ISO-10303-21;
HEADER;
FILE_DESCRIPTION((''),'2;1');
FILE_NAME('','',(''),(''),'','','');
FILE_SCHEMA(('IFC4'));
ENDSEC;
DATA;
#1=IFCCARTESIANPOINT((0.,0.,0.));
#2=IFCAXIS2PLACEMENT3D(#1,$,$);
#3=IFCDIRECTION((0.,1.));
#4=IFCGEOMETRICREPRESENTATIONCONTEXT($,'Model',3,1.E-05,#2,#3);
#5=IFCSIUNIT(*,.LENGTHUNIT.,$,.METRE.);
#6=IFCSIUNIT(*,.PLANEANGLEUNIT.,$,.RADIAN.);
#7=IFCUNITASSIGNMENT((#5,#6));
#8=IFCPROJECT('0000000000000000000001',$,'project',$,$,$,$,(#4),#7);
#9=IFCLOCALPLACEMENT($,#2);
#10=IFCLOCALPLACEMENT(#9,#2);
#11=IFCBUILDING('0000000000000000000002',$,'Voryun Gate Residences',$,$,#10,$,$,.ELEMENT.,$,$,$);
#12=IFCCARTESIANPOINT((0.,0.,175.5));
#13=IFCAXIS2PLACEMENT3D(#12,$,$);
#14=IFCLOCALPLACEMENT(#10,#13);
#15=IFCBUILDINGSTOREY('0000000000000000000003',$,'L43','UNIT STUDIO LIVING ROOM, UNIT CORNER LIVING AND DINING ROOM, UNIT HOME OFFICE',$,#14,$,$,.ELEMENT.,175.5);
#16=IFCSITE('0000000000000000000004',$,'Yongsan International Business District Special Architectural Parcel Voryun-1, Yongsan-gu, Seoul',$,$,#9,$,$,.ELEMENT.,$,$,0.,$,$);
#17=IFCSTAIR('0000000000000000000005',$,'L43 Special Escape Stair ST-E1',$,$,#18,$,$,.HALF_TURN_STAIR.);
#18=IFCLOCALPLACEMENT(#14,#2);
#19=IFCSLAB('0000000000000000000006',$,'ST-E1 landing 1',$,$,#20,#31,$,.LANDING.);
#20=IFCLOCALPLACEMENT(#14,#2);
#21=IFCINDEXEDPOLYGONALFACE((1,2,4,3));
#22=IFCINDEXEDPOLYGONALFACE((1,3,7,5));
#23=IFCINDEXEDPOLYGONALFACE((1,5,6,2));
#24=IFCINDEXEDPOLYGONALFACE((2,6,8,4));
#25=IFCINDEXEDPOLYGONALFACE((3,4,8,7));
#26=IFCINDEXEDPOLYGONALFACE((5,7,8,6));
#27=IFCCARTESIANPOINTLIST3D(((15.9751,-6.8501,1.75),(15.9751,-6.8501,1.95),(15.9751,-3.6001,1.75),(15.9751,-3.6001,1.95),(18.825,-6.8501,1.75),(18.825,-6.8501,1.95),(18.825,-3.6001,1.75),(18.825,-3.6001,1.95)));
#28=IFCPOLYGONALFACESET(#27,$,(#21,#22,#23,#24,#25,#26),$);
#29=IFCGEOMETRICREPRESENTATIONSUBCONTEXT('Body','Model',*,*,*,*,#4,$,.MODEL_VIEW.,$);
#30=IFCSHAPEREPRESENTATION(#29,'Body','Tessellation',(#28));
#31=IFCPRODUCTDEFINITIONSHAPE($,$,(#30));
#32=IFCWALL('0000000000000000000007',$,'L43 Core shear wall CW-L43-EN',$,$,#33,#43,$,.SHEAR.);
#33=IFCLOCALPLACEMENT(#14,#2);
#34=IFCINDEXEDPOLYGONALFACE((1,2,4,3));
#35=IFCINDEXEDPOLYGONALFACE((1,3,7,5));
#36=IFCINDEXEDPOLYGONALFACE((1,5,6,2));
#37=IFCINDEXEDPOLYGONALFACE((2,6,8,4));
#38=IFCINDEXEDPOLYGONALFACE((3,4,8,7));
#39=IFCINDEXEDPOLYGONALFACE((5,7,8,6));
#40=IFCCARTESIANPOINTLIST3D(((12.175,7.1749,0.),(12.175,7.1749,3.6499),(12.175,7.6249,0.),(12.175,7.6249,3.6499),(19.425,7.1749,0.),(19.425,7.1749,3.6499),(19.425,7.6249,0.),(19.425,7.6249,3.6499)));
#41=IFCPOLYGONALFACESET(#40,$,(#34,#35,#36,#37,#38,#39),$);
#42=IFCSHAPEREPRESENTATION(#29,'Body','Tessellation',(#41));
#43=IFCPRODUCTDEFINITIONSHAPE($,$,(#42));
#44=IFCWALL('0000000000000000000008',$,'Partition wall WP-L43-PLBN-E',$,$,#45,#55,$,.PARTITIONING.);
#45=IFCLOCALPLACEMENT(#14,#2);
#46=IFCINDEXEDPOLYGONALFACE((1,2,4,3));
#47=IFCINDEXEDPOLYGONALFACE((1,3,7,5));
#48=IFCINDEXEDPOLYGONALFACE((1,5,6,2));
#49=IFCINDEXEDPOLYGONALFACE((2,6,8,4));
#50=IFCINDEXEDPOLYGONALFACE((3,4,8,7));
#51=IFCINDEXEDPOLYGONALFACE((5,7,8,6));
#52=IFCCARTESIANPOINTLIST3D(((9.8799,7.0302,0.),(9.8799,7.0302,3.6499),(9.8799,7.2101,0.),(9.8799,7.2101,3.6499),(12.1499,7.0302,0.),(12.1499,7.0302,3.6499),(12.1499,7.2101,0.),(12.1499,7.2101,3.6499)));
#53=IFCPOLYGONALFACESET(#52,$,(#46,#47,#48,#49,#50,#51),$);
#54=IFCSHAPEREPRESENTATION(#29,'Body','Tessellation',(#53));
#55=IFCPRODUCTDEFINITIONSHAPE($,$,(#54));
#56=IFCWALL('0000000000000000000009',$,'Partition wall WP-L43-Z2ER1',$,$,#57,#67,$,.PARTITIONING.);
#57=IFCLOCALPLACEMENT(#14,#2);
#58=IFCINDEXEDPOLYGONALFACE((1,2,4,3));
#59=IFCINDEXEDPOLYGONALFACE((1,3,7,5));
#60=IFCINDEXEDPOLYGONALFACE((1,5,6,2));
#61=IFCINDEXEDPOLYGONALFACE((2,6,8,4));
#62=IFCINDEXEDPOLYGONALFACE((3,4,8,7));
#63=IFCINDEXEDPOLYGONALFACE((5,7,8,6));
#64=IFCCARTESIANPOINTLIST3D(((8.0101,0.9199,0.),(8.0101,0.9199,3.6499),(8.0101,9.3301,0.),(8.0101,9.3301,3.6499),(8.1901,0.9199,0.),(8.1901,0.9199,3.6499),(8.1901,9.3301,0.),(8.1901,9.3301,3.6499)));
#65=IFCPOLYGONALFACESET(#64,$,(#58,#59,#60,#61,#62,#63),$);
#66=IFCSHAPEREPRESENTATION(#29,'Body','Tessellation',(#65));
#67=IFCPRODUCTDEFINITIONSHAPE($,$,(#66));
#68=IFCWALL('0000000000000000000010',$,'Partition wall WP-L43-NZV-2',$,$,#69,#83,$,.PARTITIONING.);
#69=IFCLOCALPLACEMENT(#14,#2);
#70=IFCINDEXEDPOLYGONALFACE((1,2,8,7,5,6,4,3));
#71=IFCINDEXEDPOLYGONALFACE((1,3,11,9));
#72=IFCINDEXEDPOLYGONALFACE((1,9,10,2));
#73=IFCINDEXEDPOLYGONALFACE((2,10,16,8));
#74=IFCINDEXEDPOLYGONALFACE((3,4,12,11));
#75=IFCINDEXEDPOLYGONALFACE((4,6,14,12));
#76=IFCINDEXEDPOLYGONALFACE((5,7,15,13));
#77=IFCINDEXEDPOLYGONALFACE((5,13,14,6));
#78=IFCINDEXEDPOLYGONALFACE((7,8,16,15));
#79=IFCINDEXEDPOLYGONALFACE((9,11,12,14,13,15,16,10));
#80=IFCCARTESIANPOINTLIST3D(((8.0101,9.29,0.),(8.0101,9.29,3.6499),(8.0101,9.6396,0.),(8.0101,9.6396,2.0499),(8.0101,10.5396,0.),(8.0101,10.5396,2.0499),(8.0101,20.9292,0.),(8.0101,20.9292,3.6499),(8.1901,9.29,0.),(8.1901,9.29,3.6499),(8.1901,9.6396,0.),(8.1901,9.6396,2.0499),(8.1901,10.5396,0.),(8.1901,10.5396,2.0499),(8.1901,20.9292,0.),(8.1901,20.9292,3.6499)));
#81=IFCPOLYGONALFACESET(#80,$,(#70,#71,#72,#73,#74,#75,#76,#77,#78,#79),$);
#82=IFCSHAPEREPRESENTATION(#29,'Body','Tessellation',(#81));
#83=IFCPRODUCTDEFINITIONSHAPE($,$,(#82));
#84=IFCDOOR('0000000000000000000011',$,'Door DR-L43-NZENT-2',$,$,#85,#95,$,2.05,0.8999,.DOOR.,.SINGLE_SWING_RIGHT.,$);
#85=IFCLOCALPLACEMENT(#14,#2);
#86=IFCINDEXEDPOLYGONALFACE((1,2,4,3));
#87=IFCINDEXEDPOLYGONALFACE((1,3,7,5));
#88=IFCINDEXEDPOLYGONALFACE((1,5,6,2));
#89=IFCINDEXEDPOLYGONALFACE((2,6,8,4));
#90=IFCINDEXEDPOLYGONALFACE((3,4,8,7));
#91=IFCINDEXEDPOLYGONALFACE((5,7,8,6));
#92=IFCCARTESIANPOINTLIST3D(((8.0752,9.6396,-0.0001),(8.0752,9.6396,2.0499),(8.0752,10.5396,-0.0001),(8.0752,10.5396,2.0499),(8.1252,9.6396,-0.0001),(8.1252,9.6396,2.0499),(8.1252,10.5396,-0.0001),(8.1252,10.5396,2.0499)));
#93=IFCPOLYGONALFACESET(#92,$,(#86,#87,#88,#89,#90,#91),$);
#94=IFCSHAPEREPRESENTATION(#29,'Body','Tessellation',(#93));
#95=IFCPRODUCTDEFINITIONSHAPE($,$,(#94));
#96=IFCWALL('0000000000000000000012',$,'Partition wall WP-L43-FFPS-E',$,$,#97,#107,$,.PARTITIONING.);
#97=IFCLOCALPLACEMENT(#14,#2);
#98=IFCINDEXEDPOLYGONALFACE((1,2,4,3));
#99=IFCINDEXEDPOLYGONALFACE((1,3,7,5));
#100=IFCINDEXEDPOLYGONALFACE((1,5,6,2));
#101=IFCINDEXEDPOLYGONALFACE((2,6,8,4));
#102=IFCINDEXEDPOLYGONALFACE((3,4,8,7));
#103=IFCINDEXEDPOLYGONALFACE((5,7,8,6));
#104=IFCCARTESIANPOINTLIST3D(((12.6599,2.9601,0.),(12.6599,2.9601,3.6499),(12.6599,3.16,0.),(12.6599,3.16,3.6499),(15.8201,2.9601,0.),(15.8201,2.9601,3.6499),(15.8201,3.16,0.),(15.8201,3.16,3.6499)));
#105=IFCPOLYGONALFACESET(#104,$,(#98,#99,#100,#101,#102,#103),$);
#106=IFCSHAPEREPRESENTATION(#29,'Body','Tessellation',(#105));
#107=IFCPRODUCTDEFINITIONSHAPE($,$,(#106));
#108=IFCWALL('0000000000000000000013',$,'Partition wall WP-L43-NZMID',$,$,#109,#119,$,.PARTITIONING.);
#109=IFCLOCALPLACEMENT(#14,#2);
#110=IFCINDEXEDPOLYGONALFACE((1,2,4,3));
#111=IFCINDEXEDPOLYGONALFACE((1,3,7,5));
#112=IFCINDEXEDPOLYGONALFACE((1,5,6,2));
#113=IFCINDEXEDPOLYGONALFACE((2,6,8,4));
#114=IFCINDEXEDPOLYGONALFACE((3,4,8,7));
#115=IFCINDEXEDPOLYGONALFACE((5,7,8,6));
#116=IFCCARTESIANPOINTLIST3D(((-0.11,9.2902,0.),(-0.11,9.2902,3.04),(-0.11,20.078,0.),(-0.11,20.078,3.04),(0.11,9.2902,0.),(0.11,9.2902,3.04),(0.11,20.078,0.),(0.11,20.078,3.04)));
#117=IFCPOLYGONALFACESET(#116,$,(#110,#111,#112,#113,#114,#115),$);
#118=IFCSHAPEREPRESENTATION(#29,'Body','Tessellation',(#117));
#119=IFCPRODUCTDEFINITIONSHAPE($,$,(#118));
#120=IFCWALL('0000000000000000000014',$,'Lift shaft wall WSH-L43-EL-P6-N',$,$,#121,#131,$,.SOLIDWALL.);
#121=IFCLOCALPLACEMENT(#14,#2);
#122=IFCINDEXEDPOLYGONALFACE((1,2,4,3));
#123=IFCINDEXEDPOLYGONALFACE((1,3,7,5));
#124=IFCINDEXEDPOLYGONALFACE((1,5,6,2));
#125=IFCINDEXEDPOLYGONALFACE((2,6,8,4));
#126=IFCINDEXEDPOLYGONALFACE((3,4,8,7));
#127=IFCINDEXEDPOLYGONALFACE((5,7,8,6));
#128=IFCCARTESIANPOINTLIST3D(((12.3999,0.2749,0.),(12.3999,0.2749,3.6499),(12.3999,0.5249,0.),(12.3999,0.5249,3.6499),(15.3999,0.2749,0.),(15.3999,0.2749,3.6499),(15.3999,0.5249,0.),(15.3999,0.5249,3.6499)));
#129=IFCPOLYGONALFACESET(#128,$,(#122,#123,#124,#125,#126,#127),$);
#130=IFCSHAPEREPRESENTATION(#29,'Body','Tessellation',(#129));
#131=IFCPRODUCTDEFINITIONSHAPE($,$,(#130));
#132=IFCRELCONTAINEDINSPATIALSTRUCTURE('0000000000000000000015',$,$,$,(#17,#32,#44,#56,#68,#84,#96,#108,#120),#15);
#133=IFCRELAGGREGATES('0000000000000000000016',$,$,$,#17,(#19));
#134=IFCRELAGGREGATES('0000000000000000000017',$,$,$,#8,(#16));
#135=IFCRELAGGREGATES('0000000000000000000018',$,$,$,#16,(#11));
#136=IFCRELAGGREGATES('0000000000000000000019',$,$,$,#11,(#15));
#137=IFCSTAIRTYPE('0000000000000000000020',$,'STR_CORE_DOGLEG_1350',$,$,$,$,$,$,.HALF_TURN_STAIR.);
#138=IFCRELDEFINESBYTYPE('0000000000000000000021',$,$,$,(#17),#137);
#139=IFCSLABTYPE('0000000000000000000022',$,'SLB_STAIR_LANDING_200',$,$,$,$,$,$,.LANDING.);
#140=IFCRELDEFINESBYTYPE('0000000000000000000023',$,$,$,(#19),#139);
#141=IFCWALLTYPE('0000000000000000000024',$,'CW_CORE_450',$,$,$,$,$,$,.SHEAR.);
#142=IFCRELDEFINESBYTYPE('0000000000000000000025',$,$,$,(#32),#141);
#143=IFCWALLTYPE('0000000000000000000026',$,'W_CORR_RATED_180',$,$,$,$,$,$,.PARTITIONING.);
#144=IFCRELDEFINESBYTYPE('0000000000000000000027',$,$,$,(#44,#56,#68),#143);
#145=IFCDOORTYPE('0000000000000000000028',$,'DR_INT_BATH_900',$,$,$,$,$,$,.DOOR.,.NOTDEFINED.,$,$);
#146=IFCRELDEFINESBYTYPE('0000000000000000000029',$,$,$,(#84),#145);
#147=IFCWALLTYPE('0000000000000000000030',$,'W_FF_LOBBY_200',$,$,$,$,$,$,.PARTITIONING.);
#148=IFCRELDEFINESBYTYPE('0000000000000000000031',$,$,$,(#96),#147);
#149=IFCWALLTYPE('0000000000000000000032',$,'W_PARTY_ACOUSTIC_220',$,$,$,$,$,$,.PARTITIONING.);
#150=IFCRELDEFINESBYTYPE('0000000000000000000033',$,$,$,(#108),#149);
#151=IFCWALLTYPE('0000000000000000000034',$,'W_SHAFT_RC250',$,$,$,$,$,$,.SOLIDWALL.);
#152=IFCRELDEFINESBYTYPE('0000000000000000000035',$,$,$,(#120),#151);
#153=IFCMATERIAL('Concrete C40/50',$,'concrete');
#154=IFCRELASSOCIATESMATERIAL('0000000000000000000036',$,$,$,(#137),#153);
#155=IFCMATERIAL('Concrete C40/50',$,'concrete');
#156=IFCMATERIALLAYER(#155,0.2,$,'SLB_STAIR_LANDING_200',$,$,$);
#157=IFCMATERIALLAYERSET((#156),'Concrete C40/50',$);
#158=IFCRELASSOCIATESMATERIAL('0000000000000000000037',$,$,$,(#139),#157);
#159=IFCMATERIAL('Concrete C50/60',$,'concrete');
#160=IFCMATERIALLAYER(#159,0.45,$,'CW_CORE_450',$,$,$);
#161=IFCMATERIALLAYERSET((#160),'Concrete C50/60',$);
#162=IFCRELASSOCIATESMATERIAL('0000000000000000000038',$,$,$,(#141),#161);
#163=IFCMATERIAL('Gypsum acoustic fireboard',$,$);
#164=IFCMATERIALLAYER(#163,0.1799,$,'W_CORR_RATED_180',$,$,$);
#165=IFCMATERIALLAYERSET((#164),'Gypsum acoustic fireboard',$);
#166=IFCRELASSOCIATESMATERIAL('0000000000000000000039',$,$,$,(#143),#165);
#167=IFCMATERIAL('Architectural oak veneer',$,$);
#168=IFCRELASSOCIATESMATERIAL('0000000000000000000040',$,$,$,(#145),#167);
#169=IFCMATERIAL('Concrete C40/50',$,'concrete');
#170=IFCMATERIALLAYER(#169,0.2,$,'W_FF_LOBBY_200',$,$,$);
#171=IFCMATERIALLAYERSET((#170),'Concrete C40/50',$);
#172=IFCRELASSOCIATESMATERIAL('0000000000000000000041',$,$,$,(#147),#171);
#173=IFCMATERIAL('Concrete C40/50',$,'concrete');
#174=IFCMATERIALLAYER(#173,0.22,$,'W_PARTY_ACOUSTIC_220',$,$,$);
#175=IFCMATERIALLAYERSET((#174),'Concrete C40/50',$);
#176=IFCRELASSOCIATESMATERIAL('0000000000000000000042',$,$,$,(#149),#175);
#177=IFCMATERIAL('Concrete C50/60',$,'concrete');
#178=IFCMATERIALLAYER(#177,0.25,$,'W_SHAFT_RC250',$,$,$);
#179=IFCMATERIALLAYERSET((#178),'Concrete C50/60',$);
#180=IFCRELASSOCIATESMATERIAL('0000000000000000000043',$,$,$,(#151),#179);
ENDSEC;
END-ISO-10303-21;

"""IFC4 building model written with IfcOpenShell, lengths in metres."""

from ifc_helpers import new_model, si_unit, direction, frame, frame_2d, origin, place, context, subcontext, project, spatial, polyline, rectangle, outline, extrude, material, layer, layer_set, type_object, element, fill, aggregate, save


model = new_model("IFC4")

# Units and contexts
model_context = context("Model", 3, precision=1e-05, world=origin(), true_north=direction((0.0, 1.0)))
body_context = subcontext(model_context, "Body", "Model", "MODEL_VIEW")
ifc_project = project(units=[si_unit("LENGTHUNIT", "METRE"), si_unit("PLANEANGLEUNIT", "RADIAN")], contexts=[model_context])

# Site, building, storey
site_placement = place(None, origin())
site = spatial("IfcSite", under=ifc_project, at=site_placement, Name="Yongsan International Business District Special Architectural Parcel Voryun-1, Yongsan-gu, Seoul", CompositionType="ELEMENT", RefElevation=0.0)
building_placement = place(site_placement, origin())
building = spatial("IfcBuilding", under=site, at=building_placement, Name="Voryun Gate Residences", CompositionType="ELEMENT")
storey_placement = place(building_placement, frame((0.0, 0.0, 175.5)))
storey = spatial("IfcBuildingStorey", under=building, at=storey_placement, Name="L43", Description="UNIT STUDIO LIVING ROOM, UNIT CORNER LIVING AND DINING ROOM, UNIT HOME OFFICE", CompositionType="ELEMENT", Elevation=175.5)

# Stair, slab
ifc_material_1 = material(Name="Concrete C40/50", Category="concrete")
stair_type = type_object("IfcStairType", Name="STR_CORE_DOGLEG_1350", PredefinedType="HALF_TURN_STAIR", material=ifc_material_1)
ifc_material_2 = material(Name="Concrete C40/50", Category="concrete")
ifc_layer_1 = layer(ifc_material_2, 0.2, Name="SLB_STAIR_LANDING_200")
ifc_layer_set_1 = layer_set([ifc_layer_1], Name="Concrete C40/50")
slab_type_1 = type_object("IfcSlabType", Name="SLB_STAIR_LANDING_200", PredefinedType="LANDING", material=ifc_layer_set_1)
stair_1_placement = place(storey_placement, origin())
stair_1 = element("IfcStair", 1, at=stair_1_placement, inside=storey, type_object=stair_type, Name="L43 Special Escape Stair ST-E1", PredefinedType="HALF_TURN_STAIR")
slab_1_placement = place(storey_placement, frame((0.0, 0.0, 1.75)))
slab_1 = element("IfcSlab", 2, at=slab_1_placement, type_object=slab_type_1, Name="ST-E1 landing 1", PredefinedType="LANDING", context=body_context, shape_type="SweptSolid", body=[
    extrude(outline(polyline([(15.9751, -3.6001), (15.9751, -6.8501), (18.825, -6.8501), (18.825, -3.6001), (15.9751, -3.6001)])), origin(), (0.0, 0.0, 1.0), 0.2),
])
aggregate(stair_1, [slab_1])

# Walls
ifc_material_3 = material(Name="Concrete C50/60", Category="concrete")
ifc_layer_2 = layer(ifc_material_3, 0.45, Name="CW_CORE_450")
ifc_layer_set_2 = layer_set([ifc_layer_2], Name="Concrete C50/60")
wall_type_1 = type_object("IfcWallType", Name="CW_CORE_450", PredefinedType="SHEAR", material=ifc_layer_set_2)
wall_1_placement = place(storey_placement, frame((12.175, 7.3999, 0.0), z_axis=(0.0, 0.0, 1.0), x_axis=(1.0, 0.0, 0.0)))
element("IfcWall", 3, at=wall_1_placement, inside=storey, type_object=wall_type_1, Name="L43 Core shear wall CW-L43-EN", PredefinedType="SHEAR", context=body_context, shape_type="SweptSolid", body=[
    extrude(rectangle(XDim=7.25, YDim=0.45, at=frame_2d((3.625, 0.0))), origin(), (0.0, 0.0, 1.0), 3.6499),
])
ifc_material_4 = material(Name="Gypsum acoustic fireboard")
ifc_layer_3 = layer(ifc_material_4, 0.1799, Name="W_CORR_RATED_180")
ifc_layer_set_3 = layer_set([ifc_layer_3], Name="Gypsum acoustic fireboard")
wall_type_2 = type_object("IfcWallType", Name="W_CORR_RATED_180", PredefinedType="PARTITIONING", material=ifc_layer_set_3)
wall_2_placement = place(storey_placement, frame((9.8799, 7.1201, 0.0), z_axis=(0.0, 0.0, 1.0), x_axis=(1.0, 0.0, 0.0)))
element("IfcWall", 4, at=wall_2_placement, inside=storey, type_object=wall_type_2, Name="Partition wall WP-L43-PLBN-E", PredefinedType="PARTITIONING", context=body_context, shape_type="SweptSolid", body=[
    extrude(rectangle(XDim=2.27, YDim=0.1799, at=frame_2d((1.135, 0.0))), origin(), (0.0, 0.0, 1.0), 3.6499),
])
wall_3_placement = place(storey_placement, frame((8.1001, 0.9199, 0.0), z_axis=(0.0, 0.0, 1.0), x_axis=(0.0, 1.0, 0.0)))
element("IfcWall", 5, at=wall_3_placement, inside=storey, type_object=wall_type_2, Name="Partition wall WP-L43-Z2ER1", PredefinedType="PARTITIONING", context=body_context, shape_type="SweptSolid", body=[
    extrude(rectangle(XDim=8.4102, YDim=0.1799, at=frame_2d((4.2051, 0.0))), origin(), (0.0, 0.0, 1.0), 3.6499),
])

# Wall, opening, door
wall_4_placement = place(storey_placement, frame((8.1001, 9.29, 0.0), z_axis=(0.0, 0.0, 1.0), x_axis=(0.0, 1.0, 0.0)))
wall_4 = element("IfcWall", 6, at=wall_4_placement, inside=storey, type_object=wall_type_2, Name="Partition wall WP-L43-NZV-2", PredefinedType="PARTITIONING", context=body_context, shape_type="SweptSolid", body=[
    extrude(rectangle(XDim=11.6392, YDim=0.1799, at=frame_2d((5.8196, 0.0))), origin(), (0.0, 0.0, 1.0), 3.6499),
])
opening_placement = place(wall_4_placement, frame((0.3496, 0.0, 0.0)))
opening = element("IfcOpeningElement", 7, at=opening_placement, cuts=wall_4, PredefinedType="OPENING", context=body_context, shape_type="SweptSolid", body=[
    extrude(rectangle(XDim=0.8999, YDim=2.05, at=frame_2d((0.45, 1.0249))), frame((0.0, 0.0999, 0.0), z_axis=(0.0, -1.0, 0.0), x_axis=(1.0, 0.0, 0.0)), (0.0, 0.0, 1.0), 0.2),
])
ifc_material_5 = material(Name="Architectural oak veneer")
door_type = type_object("IfcDoorType", Name="DR_INT_BATH_900", OperationType="NOTDEFINED", PredefinedType="DOOR", material=ifc_material_5)
door_placement = place(opening_placement, origin())
door = element("IfcDoor", 8, at=door_placement, inside=storey, type_object=door_type, Name="Door DR-L43-NZENT-2", OperationType="SINGLE_SWING_RIGHT", OverallHeight=2.05, OverallWidth=0.8999, PredefinedType="DOOR", context=body_context, shape_type="SweptSolid", body=[
    extrude(rectangle(XDim=0.8999, YDim=2.05, at=frame_2d((0.45, 1.0249))), frame((0.0, 0.0249, 0.0), z_axis=(0.0, -1.0, 0.0), x_axis=(1.0, 0.0, 0.0)), (0.0, 0.0, 1.0), 0.05),
])
fill(opening, door)

# Walls
ifc_material_6 = material(Name="Concrete C40/50", Category="concrete")
ifc_layer_4 = layer(ifc_material_6, 0.2, Name="W_FF_LOBBY_200")
ifc_layer_set_4 = layer_set([ifc_layer_4], Name="Concrete C40/50")
wall_type_3 = type_object("IfcWallType", Name="W_FF_LOBBY_200", PredefinedType="PARTITIONING", material=ifc_layer_set_4)
wall_5_placement = place(storey_placement, frame((12.6599, 3.0601, 0.0), z_axis=(0.0, 0.0, 1.0), x_axis=(1.0, 0.0, 0.0)))
element("IfcWall", 9, at=wall_5_placement, inside=storey, type_object=wall_type_3, Name="Partition wall WP-L43-FFPS-E", PredefinedType="PARTITIONING", context=body_context, shape_type="SweptSolid", body=[
    extrude(rectangle(XDim=3.1602, YDim=0.2, at=frame_2d((1.5801, 0.0))), origin(), (0.0, 0.0, 1.0), 3.6499),
])
ifc_material_7 = material(Name="Concrete C40/50", Category="concrete")
ifc_layer_5 = layer(ifc_material_7, 0.22, Name="W_PARTY_ACOUSTIC_220")
ifc_layer_set_5 = layer_set([ifc_layer_5], Name="Concrete C40/50")
wall_type_4 = type_object("IfcWallType", Name="W_PARTY_ACOUSTIC_220", PredefinedType="PARTITIONING", material=ifc_layer_set_5)
wall_6_placement = place(storey_placement, frame((0.0, 9.29, 0.0), z_axis=(0.0, 0.0, 1.0), x_axis=(0.0, 1.0, 0.0)))
element("IfcWall", 10, at=wall_6_placement, inside=storey, type_object=wall_type_4, Name="Partition wall WP-L43-NZMID", PredefinedType="PARTITIONING", context=body_context, shape_type="SweptSolid", body=[
    extrude(rectangle(XDim=10.7878, YDim=0.22, at=frame_2d((5.394, 0.0))), origin(), (0.0, 0.0, 1.0), 3.04),
])
ifc_material_8 = material(Name="Concrete C50/60", Category="concrete")
ifc_layer_6 = layer(ifc_material_8, 0.25, Name="W_SHAFT_RC250")
ifc_layer_set_6 = layer_set([ifc_layer_6], Name="Concrete C50/60")
wall_type_5 = type_object("IfcWallType", Name="W_SHAFT_RC250", PredefinedType="SOLIDWALL", material=ifc_layer_set_6)
wall_7_placement = place(storey_placement, frame((15.3999, 0.3999, 0.0), z_axis=(0.0, 0.0, 1.0), x_axis=(-1.0, 0.0, 0.0)))
element("IfcWall", 11, at=wall_7_placement, inside=storey, type_object=wall_type_5, Name="Lift shaft wall WSH-L43-EL-P6-N", PredefinedType="SOLIDWALL", context=body_context, shape_type="SweptSolid", body=[
    extrude(rectangle(XDim=3.0, YDim=0.25, at=frame_2d((1.5, 0.0))), origin(), (0.0, 0.0, 1.0), 3.6499),
])

save(model, "model.ifc")
